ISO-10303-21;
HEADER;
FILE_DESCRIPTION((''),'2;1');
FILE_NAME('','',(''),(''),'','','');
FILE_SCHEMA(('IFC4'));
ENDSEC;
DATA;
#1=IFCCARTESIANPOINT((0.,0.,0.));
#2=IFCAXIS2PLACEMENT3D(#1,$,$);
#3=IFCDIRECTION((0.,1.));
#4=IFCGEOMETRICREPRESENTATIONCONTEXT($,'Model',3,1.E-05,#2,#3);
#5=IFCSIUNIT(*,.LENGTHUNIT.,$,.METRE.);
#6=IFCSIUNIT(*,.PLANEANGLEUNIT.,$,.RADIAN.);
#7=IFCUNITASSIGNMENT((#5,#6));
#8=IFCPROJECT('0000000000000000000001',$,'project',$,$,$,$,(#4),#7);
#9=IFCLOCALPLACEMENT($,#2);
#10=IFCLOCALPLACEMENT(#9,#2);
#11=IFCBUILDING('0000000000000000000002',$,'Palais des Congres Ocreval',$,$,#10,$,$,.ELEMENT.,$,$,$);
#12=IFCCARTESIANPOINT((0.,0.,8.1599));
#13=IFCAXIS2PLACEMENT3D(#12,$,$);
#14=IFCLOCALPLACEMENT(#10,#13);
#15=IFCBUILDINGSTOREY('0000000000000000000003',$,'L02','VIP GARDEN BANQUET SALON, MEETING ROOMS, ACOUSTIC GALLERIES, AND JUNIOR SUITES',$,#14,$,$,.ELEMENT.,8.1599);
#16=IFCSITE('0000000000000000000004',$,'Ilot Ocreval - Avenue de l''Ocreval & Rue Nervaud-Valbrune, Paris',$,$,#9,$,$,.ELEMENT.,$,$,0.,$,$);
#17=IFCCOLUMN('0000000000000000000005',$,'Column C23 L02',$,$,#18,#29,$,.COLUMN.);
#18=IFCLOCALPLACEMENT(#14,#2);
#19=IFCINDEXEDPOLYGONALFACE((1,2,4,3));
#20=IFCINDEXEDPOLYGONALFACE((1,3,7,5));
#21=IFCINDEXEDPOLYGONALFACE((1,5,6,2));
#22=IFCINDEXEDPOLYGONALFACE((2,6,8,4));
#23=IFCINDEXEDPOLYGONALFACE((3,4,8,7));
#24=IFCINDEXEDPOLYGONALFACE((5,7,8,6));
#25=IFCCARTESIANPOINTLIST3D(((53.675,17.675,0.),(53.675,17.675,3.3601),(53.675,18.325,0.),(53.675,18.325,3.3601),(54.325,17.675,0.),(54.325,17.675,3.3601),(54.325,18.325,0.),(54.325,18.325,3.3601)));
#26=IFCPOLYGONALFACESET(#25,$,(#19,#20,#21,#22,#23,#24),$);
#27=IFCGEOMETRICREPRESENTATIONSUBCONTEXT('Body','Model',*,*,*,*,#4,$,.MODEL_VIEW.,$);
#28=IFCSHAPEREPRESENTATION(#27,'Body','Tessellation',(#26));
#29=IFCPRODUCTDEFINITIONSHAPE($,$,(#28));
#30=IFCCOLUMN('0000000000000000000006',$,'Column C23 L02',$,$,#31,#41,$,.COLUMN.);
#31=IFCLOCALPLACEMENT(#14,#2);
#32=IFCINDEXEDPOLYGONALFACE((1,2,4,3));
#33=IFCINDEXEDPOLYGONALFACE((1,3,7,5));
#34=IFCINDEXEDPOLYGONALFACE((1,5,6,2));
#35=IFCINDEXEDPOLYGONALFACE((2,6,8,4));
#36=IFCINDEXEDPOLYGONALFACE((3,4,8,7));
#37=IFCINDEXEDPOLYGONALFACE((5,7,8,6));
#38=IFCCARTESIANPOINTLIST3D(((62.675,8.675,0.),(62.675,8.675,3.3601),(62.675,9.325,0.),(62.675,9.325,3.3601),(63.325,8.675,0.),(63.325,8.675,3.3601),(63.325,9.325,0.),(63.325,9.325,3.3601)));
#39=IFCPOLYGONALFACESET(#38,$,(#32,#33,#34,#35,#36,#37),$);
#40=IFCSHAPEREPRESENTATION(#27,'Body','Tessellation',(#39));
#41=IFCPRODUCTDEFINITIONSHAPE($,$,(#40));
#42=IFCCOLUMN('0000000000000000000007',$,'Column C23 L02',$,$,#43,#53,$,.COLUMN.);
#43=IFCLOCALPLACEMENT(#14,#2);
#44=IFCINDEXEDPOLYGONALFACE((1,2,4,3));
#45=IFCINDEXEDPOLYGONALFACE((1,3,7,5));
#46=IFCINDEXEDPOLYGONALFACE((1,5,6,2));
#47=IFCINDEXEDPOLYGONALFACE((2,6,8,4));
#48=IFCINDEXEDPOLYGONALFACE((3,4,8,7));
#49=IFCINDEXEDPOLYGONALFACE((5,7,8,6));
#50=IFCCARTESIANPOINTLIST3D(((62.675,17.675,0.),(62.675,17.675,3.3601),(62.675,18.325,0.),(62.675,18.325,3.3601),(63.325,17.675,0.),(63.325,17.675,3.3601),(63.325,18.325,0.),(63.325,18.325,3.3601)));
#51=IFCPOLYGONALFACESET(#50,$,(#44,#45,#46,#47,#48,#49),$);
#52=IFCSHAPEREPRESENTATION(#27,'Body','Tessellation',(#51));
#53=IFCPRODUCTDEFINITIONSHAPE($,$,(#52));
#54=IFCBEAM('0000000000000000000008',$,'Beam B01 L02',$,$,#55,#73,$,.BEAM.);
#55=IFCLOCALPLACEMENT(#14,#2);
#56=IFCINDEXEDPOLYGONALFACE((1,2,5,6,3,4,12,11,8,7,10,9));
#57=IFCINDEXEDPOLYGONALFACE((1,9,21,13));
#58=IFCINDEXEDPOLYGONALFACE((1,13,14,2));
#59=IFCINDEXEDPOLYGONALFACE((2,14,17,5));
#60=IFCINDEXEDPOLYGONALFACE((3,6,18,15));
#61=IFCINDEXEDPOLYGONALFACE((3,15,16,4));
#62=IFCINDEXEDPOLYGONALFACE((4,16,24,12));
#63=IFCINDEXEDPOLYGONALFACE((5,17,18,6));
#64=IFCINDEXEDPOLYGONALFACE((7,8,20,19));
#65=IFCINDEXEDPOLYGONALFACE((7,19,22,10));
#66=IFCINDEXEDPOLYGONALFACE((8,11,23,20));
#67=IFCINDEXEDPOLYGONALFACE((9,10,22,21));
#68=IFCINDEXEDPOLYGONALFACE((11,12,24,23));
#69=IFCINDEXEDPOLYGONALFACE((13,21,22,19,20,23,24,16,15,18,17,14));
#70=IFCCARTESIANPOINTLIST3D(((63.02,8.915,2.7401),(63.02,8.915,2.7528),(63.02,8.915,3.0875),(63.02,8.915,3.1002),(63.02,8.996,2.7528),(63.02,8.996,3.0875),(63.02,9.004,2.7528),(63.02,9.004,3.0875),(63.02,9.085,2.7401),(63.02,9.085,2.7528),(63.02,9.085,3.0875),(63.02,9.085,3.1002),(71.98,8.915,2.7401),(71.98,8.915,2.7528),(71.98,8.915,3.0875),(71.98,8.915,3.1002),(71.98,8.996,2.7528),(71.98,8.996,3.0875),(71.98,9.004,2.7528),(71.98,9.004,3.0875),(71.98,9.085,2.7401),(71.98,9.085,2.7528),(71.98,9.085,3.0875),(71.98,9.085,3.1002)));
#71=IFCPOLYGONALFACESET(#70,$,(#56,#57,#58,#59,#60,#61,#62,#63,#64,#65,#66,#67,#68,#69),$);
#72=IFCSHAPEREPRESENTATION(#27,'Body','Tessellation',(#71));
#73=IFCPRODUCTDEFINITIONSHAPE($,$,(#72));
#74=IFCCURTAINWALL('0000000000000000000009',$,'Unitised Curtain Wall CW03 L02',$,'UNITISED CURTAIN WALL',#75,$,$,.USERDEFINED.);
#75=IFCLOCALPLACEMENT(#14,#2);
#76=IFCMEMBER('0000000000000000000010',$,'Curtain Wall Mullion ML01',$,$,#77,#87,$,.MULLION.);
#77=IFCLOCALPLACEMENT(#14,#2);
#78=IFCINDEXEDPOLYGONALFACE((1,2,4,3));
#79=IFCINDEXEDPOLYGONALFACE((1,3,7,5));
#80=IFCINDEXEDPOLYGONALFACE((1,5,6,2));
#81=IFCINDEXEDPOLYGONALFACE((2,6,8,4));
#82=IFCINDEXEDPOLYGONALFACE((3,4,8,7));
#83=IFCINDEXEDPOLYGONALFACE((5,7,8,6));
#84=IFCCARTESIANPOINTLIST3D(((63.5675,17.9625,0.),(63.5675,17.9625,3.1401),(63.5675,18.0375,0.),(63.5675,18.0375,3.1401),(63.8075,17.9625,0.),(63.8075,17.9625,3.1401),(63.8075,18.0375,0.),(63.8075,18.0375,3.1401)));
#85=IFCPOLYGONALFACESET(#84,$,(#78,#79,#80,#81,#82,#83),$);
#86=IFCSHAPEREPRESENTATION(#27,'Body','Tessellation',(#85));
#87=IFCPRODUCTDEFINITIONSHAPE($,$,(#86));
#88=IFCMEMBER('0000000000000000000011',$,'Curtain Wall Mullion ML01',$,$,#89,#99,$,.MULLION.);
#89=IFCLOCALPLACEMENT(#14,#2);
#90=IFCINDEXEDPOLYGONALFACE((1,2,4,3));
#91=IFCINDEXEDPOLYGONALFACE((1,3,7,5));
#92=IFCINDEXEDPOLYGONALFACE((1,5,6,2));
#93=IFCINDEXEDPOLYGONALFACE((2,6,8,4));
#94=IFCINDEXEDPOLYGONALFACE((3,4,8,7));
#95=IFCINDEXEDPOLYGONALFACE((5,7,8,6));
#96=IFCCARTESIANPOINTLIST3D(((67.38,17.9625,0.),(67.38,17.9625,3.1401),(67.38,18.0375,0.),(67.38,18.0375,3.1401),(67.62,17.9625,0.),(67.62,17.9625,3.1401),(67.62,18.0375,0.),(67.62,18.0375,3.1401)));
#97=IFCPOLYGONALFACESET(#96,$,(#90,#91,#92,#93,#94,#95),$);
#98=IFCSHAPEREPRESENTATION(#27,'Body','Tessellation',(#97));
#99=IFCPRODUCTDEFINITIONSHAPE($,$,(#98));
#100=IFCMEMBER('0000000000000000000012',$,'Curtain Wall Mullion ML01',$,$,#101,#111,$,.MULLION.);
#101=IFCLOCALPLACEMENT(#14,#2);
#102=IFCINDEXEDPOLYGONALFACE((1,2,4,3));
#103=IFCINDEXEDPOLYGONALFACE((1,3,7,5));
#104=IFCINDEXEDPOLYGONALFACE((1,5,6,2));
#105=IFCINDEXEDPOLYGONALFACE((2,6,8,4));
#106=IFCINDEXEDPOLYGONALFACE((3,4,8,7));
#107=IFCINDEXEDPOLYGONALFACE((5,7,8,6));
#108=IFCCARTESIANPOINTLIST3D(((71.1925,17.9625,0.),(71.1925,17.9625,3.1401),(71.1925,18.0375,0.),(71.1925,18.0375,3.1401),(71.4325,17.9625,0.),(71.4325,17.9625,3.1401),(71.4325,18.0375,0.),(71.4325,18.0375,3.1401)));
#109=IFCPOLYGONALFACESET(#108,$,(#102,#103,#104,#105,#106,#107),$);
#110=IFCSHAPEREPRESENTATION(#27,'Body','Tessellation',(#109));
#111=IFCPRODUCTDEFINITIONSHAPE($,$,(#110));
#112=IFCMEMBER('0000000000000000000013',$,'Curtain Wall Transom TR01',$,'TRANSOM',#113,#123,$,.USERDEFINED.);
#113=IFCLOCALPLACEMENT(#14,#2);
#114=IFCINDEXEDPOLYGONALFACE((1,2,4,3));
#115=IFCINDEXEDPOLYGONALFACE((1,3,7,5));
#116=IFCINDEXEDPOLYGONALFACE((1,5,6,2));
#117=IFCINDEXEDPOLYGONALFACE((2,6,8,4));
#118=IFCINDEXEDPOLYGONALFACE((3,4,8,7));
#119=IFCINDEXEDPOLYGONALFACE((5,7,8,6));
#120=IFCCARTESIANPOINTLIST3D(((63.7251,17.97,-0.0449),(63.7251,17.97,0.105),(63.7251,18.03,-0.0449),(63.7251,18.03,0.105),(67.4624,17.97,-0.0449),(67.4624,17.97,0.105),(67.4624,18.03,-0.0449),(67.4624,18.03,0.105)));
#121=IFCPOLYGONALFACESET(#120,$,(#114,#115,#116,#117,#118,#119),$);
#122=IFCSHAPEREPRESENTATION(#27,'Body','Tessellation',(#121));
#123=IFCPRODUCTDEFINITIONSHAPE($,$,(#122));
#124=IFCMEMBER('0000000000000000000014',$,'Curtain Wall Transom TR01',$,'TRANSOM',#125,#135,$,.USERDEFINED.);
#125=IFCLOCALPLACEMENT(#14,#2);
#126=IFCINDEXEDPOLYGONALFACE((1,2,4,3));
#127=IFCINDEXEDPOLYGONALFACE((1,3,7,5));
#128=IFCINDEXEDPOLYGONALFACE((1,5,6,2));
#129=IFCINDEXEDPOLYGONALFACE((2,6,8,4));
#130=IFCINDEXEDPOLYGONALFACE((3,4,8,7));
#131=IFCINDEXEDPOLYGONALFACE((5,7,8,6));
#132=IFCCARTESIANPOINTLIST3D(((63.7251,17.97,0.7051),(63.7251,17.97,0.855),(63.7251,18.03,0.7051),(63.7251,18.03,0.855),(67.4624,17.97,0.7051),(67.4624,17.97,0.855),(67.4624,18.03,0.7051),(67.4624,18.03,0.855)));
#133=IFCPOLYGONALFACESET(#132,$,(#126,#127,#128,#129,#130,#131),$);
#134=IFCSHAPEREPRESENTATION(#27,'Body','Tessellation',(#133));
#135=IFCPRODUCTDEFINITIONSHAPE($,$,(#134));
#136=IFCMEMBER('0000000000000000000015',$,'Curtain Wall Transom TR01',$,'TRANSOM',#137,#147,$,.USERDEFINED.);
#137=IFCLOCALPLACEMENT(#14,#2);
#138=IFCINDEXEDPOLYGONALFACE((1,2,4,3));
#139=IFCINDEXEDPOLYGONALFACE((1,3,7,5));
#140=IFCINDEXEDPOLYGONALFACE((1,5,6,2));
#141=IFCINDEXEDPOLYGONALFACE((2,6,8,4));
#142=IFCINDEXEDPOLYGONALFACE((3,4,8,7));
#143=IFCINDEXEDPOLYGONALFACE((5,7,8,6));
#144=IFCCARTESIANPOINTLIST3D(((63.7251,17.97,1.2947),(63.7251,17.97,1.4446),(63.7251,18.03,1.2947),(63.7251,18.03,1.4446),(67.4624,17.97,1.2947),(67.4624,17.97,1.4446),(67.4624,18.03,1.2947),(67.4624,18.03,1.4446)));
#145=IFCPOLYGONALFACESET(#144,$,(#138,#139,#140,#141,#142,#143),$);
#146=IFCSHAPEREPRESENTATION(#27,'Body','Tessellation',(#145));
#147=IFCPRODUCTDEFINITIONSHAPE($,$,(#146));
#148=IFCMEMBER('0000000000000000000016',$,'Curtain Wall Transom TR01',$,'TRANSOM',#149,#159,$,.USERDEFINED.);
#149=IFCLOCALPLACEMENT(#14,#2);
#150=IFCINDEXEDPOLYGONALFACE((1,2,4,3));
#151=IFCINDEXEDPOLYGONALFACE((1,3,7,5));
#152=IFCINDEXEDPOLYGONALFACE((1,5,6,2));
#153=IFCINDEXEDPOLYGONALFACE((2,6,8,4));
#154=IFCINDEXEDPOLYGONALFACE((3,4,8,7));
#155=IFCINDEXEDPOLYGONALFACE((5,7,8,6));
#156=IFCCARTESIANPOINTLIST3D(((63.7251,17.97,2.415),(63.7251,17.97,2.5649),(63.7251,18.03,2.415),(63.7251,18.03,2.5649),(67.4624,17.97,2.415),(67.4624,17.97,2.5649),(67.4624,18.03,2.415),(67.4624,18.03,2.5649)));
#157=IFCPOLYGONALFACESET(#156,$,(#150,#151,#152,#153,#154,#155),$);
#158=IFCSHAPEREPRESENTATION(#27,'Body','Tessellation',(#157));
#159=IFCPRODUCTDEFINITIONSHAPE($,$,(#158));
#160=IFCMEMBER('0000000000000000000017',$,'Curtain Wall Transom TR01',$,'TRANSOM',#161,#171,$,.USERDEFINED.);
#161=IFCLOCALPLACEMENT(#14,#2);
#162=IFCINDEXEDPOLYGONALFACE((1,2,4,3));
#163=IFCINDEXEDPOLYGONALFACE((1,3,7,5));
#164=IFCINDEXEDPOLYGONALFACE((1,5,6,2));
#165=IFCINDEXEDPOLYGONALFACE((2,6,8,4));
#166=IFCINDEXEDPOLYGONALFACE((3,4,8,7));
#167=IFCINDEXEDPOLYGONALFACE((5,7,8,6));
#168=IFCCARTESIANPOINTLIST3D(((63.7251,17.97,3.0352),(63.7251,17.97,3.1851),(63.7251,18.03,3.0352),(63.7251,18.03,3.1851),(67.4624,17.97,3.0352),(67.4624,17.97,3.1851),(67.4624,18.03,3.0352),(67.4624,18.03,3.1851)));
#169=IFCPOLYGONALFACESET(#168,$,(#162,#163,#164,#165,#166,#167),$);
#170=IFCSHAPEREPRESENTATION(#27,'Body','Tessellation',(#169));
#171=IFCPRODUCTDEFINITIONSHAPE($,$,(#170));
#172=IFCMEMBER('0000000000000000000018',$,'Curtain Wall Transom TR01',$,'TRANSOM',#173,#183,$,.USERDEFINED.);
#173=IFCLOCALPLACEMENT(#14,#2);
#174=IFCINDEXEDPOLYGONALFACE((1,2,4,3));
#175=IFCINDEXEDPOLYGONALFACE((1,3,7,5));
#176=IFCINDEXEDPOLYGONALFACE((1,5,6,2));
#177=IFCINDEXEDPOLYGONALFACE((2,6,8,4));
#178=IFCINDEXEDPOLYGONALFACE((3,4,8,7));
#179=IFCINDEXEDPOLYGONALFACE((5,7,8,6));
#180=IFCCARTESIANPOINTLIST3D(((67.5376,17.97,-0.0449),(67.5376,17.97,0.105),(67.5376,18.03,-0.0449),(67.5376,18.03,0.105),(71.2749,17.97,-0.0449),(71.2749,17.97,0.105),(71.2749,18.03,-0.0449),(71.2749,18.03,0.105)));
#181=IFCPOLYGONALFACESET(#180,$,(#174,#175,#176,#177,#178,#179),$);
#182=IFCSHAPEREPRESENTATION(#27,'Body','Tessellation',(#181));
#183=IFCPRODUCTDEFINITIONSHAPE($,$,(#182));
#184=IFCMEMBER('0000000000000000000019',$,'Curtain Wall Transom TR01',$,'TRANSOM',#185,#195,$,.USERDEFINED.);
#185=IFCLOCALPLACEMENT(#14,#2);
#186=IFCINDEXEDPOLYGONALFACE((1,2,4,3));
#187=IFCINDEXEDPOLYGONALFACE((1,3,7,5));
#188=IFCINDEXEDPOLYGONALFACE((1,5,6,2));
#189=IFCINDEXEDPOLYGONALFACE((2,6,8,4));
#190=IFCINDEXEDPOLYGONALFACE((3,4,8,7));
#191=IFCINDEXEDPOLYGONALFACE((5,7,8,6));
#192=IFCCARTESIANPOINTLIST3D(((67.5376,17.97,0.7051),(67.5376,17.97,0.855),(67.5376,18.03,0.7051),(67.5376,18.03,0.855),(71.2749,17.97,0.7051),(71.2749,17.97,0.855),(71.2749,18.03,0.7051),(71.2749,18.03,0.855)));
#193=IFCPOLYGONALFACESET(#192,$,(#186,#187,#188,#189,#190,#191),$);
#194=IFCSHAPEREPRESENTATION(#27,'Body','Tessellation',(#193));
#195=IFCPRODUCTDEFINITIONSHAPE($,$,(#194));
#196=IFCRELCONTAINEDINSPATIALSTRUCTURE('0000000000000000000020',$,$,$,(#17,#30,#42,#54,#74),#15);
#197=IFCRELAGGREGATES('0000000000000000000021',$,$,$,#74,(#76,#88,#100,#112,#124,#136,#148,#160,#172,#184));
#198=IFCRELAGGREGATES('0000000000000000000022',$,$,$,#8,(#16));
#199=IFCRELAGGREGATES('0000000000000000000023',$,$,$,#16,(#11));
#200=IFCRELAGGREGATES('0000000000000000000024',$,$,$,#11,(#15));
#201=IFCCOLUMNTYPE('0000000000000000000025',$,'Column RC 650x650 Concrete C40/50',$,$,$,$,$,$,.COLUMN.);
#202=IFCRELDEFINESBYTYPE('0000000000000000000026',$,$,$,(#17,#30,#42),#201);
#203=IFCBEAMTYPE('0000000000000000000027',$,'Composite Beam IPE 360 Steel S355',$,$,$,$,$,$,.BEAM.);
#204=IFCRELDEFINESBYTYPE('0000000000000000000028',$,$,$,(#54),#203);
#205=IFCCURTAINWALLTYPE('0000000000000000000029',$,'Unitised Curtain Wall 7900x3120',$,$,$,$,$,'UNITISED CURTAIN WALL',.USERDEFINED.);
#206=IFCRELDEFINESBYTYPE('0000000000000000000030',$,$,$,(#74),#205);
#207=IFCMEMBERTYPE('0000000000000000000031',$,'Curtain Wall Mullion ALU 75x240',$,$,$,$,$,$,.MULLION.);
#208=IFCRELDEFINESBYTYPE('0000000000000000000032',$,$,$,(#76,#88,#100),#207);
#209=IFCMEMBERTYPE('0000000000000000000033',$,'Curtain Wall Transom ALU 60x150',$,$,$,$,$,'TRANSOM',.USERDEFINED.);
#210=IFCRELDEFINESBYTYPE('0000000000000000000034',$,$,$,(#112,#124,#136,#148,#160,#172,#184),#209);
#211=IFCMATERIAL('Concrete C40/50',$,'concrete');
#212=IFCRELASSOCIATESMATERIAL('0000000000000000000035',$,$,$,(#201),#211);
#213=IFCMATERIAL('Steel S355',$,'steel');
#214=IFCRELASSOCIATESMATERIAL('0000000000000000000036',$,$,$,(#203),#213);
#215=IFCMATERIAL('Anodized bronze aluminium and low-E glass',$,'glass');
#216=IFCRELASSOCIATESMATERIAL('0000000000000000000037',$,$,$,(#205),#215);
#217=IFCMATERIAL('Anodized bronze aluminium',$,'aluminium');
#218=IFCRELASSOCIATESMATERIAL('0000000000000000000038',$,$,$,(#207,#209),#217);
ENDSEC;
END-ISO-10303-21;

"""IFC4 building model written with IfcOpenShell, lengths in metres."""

from ifc_helpers import new_model, si_unit, direction, frame, origin, origin_2d, place, context, subcontext, project, spatial, rectangle, i_section, extrude, material, material_profile, profile_set, type_object, element, aggregate, save


model = new_model("IFC4")

# Units and contexts
model_context = context("Model", 3, precision=1e-05, world=origin(), true_north=direction((0.0, 1.0)))
body_context = subcontext(model_context, "Body", "Model", "MODEL_VIEW")
ifc_project = project(units=[si_unit("LENGTHUNIT", "METRE"), si_unit("PLANEANGLEUNIT", "RADIAN")], contexts=[model_context])

# Site, building, storey
site_placement = place(None, origin())
site = spatial("IfcSite", under=ifc_project, at=site_placement, Name="Ilot Ocreval - Avenue de l'Ocreval & Rue Nervaud-Valbrune, Paris", CompositionType="ELEMENT", RefElevation=0.0)
building_placement = place(site_placement, origin())
building = spatial("IfcBuilding", under=site, at=building_placement, Name="Palais des Congres Ocreval", CompositionType="ELEMENT")
storey_placement = place(building_placement, frame((0.0, 0.0, 8.1599)))
storey = spatial("IfcBuildingStorey", under=building, at=storey_placement, Name="L02", Description="VIP GARDEN BANQUET SALON, MEETING ROOMS, ACOUSTIC GALLERIES, AND JUNIOR SUITES", CompositionType="ELEMENT", Elevation=8.1599)

# Columns
ifc_material_1 = material(Name="Concrete C40/50", Category="concrete")
ifc_material_profile_1 = material_profile(ifc_material_1, rectangle(XDim=0.6499, YDim=0.6499, at=origin_2d()), Name="RC 650x650")
ifc_profile_set_1 = profile_set([ifc_material_profile_1], Name="Concrete C40/50")
column_type = type_object("IfcColumnType", Name="Column RC 650x650 Concrete C40/50", PredefinedType="COLUMN", material=ifc_profile_set_1)
for number, where, z_axis, x_axis, name in (
    (1, (54.0, 18.0, 0.0), (0.0, 0.0, 1.0), (1.0, 0.0, 0.0), "Column C23 L02"),
    (2, (63.0, 9.0, 0.0), (0.0, 0.0, 1.0), (1.0, 0.0, 0.0), "Column C23 L02"),
    (3, (63.0, 18.0, 0.0), (0.0, 0.0, 1.0), (1.0, 0.0, 0.0), "Column C23 L02"),
):
    element("IfcColumn", number, at=place(storey_placement, frame(where, z_axis=z_axis, x_axis=x_axis)), inside=storey, type_object=column_type, Name=name, PredefinedType="COLUMN", context=body_context, shape_type="SweptSolid", body=[
        extrude(rectangle(XDim=0.6499, YDim=0.6499, at=origin_2d()), origin(), (0.0, 0.0, 1.0), 3.3601),
    ])

# Beam
ifc_material_2 = material(Name="Steel S355", Category="steel")
ifc_material_profile_2 = material_profile(ifc_material_2, i_section(OverallWidth=0.1699, OverallDepth=0.3601, WebThickness=0.0081, FlangeThickness=0.0127, at=origin_2d()), Name="IPE 360")
ifc_profile_set_2 = profile_set([ifc_material_profile_2], Name="Steel S355")
beam_type_1 = type_object("IfcBeamType", Name="Composite Beam IPE 360 Steel S355", PredefinedType="BEAM", material=ifc_profile_set_2)
beam_1_placement = place(storey_placement, frame((63.02, 9.0, 2.9202), z_axis=(1.0, 0.0, 0.0), x_axis=(0.0, 1.0, 0.0)))
element("IfcBeam", 4, at=beam_1_placement, inside=storey, type_object=beam_type_1, Name="Beam B01 L02", PredefinedType="BEAM", context=body_context, shape_type="SweptSolid", body=[
    extrude(i_section(OverallWidth=0.1699, OverallDepth=0.3601, WebThickness=0.0081, FlangeThickness=0.0127, at=origin_2d()), origin(), (0.0, 0.0, 1.0), 8.96),
])

# Curtain wall, members
ifc_material_3 = material(Name="Anodized bronze aluminium and low-E glass", Category="glass")
curtain_wall_type = type_object("IfcCurtainWallType", Name="Unitised Curtain Wall 7900x3120", ElementType="UNITISED CURTAIN WALL", PredefinedType="USERDEFINED", material=ifc_material_3)
curtain_wall_placement = place(storey_placement, origin())
curtain_wall = element("IfcCurtainWall", 5, at=curtain_wall_placement, inside=storey, type_object=curtain_wall_type, Name="Unitised Curtain Wall CW03 L02", ObjectType="UNITISED CURTAIN WALL", PredefinedType="USERDEFINED")
ifc_material_4 = material(Name="Anodized bronze aluminium", Category="aluminium")
ifc_material_profile_3 = material_profile(ifc_material_4, rectangle(XDim=0.075, YDim=0.24, at=origin_2d()), Name="ALU 75x240")
ifc_profile_set_3 = profile_set([ifc_material_profile_3], Name="Anodized bronze aluminium")
member_type_1 = type_object("IfcMemberType", Name="Curtain Wall Mullion ALU 75x240", PredefinedType="MULLION", material=ifc_profile_set_3)
member_1_placement = place(storey_placement, frame((63.6875, 18.0, 0.0), z_axis=(0.0, 0.0, 1.0), x_axis=(0.0, 1.0, 0.0)))
member_1 = element("IfcMember", 6, at=member_1_placement, type_object=member_type_1, Name="Curtain Wall Mullion ML01", PredefinedType="MULLION", context=body_context, shape_type="SweptSolid", body=[
    extrude(rectangle(XDim=0.075, YDim=0.24, at=origin_2d()), origin(), (0.0, 0.0, 1.0), 3.1401),
])
member_2_placement = place(storey_placement, frame((67.5, 18.0, 0.0), z_axis=(0.0, 0.0, 1.0), x_axis=(0.0, 1.0, 0.0)))
member_2 = element("IfcMember", 7, at=member_2_placement, type_object=member_type_1, Name="Curtain Wall Mullion ML01", PredefinedType="MULLION", context=body_context, shape_type="SweptSolid", body=[
    extrude(rectangle(XDim=0.075, YDim=0.24, at=origin_2d()), origin(), (0.0, 0.0, 1.0), 3.1401),
])
member_3_placement = place(storey_placement, frame((71.3125, 18.0, 0.0), z_axis=(0.0, 0.0, 1.0), x_axis=(0.0, 1.0, 0.0)))
member_3 = element("IfcMember", 8, at=member_3_placement, type_object=member_type_1, Name="Curtain Wall Mullion ML01", PredefinedType="MULLION", context=body_context, shape_type="SweptSolid", body=[
    extrude(rectangle(XDim=0.075, YDim=0.24, at=origin_2d()), origin(), (0.0, 0.0, 1.0), 3.1401),
])
ifc_material_profile_4 = material_profile(ifc_material_4, rectangle(XDim=0.0601, YDim=0.1499, at=origin_2d()), Name="ALU 60x150")
ifc_profile_set_4 = profile_set([ifc_material_profile_4], Name="Anodized bronze aluminium")
member_type_2 = type_object("IfcMemberType", Name="Curtain Wall Transom ALU 60x150", ElementType="TRANSOM", PredefinedType="USERDEFINED", material=ifc_profile_set_4)
member_4_placement = place(storey_placement, frame((63.7251, 18.0, 0.03), z_axis=(1.0, 0.0, 0.0), x_axis=(0.0, 1.0, 0.0)))
member_4 = element("IfcMember", 9, at=member_4_placement, type_object=member_type_2, Name="Curtain Wall Transom TR01", ObjectType="TRANSOM", PredefinedType="USERDEFINED", context=body_context, shape_type="SweptSolid", body=[
    extrude(rectangle(XDim=0.0601, YDim=0.1499, at=origin_2d()), origin(), (0.0, 0.0, 1.0), 3.7373),
])
member_5_placement = place(storey_placement, frame((63.7251, 18.0, 0.78), z_axis=(1.0, 0.0, 0.0), x_axis=(0.0, 1.0, 0.0)))
member_5 = element("IfcMember", 10, at=member_5_placement, type_object=member_type_2, Name="Curtain Wall Transom TR01", ObjectType="TRANSOM", PredefinedType="USERDEFINED", context=body_context, shape_type="SweptSolid", body=[
    extrude(rectangle(XDim=0.0601, YDim=0.1499, at=origin_2d()), origin(), (0.0, 0.0, 1.0), 3.7373),
])
member_6_placement = place(storey_placement, frame((63.7251, 18.0, 1.3696), z_axis=(1.0, 0.0, 0.0), x_axis=(0.0, 1.0, 0.0)))
member_6 = element("IfcMember", 11, at=member_6_placement, type_object=member_type_2, Name="Curtain Wall Transom TR01", ObjectType="TRANSOM", PredefinedType="USERDEFINED", context=body_context, shape_type="SweptSolid", body=[
    extrude(rectangle(XDim=0.0601, YDim=0.1499, at=origin_2d()), origin(), (0.0, 0.0, 1.0), 3.7373),
])
member_7_placement = place(storey_placement, frame((63.7251, 18.0, 2.49), z_axis=(1.0, 0.0, 0.0), x_axis=(0.0, 1.0, 0.0)))
member_7 = element("IfcMember", 12, at=member_7_placement, type_object=member_type_2, Name="Curtain Wall Transom TR01", ObjectType="TRANSOM", PredefinedType="USERDEFINED", context=body_context, shape_type="SweptSolid", body=[
    extrude(rectangle(XDim=0.0601, YDim=0.1499, at=origin_2d()), origin(), (0.0, 0.0, 1.0), 3.7373),
])
member_8_placement = place(storey_placement, frame((63.7251, 18.0, 3.1101), z_axis=(1.0, 0.0, 0.0), x_axis=(0.0, 1.0, 0.0)))
member_8 = element("IfcMember", 13, at=member_8_placement, type_object=member_type_2, Name="Curtain Wall Transom TR01", ObjectType="TRANSOM", PredefinedType="USERDEFINED", context=body_context, shape_type="SweptSolid", body=[
    extrude(rectangle(XDim=0.0601, YDim=0.1499, at=origin_2d()), origin(), (0.0, 0.0, 1.0), 3.7373),
])
member_9_placement = place(storey_placement, frame((67.5376, 18.0, 0.03), z_axis=(1.0, 0.0, 0.0), x_axis=(0.0, 1.0, 0.0)))
member_9 = element("IfcMember", 14, at=member_9_placement, type_object=member_type_2, Name="Curtain Wall Transom TR01", ObjectType="TRANSOM", PredefinedType="USERDEFINED", context=body_context, shape_type="SweptSolid", body=[
    extrude(rectangle(XDim=0.0601, YDim=0.1499, at=origin_2d()), origin(), (0.0, 0.0, 1.0), 3.7373),
])
member_10_placement = place(storey_placement, frame((67.5376, 18.0, 0.78), z_axis=(1.0, 0.0, 0.0), x_axis=(0.0, 1.0, 0.0)))
member_10 = element("IfcMember", 15, at=member_10_placement, type_object=member_type_2, Name="Curtain Wall Transom TR01", ObjectType="TRANSOM", PredefinedType="USERDEFINED", context=body_context, shape_type="SweptSolid", body=[
    extrude(rectangle(XDim=0.0601, YDim=0.1499, at=origin_2d()), origin(), (0.0, 0.0, 1.0), 3.7373),
])

aggregate(curtain_wall, [member_1, member_2, member_3, member_4, member_5, member_6, member_7, member_8, member_9, member_10])

save(model, "model.ifc")
